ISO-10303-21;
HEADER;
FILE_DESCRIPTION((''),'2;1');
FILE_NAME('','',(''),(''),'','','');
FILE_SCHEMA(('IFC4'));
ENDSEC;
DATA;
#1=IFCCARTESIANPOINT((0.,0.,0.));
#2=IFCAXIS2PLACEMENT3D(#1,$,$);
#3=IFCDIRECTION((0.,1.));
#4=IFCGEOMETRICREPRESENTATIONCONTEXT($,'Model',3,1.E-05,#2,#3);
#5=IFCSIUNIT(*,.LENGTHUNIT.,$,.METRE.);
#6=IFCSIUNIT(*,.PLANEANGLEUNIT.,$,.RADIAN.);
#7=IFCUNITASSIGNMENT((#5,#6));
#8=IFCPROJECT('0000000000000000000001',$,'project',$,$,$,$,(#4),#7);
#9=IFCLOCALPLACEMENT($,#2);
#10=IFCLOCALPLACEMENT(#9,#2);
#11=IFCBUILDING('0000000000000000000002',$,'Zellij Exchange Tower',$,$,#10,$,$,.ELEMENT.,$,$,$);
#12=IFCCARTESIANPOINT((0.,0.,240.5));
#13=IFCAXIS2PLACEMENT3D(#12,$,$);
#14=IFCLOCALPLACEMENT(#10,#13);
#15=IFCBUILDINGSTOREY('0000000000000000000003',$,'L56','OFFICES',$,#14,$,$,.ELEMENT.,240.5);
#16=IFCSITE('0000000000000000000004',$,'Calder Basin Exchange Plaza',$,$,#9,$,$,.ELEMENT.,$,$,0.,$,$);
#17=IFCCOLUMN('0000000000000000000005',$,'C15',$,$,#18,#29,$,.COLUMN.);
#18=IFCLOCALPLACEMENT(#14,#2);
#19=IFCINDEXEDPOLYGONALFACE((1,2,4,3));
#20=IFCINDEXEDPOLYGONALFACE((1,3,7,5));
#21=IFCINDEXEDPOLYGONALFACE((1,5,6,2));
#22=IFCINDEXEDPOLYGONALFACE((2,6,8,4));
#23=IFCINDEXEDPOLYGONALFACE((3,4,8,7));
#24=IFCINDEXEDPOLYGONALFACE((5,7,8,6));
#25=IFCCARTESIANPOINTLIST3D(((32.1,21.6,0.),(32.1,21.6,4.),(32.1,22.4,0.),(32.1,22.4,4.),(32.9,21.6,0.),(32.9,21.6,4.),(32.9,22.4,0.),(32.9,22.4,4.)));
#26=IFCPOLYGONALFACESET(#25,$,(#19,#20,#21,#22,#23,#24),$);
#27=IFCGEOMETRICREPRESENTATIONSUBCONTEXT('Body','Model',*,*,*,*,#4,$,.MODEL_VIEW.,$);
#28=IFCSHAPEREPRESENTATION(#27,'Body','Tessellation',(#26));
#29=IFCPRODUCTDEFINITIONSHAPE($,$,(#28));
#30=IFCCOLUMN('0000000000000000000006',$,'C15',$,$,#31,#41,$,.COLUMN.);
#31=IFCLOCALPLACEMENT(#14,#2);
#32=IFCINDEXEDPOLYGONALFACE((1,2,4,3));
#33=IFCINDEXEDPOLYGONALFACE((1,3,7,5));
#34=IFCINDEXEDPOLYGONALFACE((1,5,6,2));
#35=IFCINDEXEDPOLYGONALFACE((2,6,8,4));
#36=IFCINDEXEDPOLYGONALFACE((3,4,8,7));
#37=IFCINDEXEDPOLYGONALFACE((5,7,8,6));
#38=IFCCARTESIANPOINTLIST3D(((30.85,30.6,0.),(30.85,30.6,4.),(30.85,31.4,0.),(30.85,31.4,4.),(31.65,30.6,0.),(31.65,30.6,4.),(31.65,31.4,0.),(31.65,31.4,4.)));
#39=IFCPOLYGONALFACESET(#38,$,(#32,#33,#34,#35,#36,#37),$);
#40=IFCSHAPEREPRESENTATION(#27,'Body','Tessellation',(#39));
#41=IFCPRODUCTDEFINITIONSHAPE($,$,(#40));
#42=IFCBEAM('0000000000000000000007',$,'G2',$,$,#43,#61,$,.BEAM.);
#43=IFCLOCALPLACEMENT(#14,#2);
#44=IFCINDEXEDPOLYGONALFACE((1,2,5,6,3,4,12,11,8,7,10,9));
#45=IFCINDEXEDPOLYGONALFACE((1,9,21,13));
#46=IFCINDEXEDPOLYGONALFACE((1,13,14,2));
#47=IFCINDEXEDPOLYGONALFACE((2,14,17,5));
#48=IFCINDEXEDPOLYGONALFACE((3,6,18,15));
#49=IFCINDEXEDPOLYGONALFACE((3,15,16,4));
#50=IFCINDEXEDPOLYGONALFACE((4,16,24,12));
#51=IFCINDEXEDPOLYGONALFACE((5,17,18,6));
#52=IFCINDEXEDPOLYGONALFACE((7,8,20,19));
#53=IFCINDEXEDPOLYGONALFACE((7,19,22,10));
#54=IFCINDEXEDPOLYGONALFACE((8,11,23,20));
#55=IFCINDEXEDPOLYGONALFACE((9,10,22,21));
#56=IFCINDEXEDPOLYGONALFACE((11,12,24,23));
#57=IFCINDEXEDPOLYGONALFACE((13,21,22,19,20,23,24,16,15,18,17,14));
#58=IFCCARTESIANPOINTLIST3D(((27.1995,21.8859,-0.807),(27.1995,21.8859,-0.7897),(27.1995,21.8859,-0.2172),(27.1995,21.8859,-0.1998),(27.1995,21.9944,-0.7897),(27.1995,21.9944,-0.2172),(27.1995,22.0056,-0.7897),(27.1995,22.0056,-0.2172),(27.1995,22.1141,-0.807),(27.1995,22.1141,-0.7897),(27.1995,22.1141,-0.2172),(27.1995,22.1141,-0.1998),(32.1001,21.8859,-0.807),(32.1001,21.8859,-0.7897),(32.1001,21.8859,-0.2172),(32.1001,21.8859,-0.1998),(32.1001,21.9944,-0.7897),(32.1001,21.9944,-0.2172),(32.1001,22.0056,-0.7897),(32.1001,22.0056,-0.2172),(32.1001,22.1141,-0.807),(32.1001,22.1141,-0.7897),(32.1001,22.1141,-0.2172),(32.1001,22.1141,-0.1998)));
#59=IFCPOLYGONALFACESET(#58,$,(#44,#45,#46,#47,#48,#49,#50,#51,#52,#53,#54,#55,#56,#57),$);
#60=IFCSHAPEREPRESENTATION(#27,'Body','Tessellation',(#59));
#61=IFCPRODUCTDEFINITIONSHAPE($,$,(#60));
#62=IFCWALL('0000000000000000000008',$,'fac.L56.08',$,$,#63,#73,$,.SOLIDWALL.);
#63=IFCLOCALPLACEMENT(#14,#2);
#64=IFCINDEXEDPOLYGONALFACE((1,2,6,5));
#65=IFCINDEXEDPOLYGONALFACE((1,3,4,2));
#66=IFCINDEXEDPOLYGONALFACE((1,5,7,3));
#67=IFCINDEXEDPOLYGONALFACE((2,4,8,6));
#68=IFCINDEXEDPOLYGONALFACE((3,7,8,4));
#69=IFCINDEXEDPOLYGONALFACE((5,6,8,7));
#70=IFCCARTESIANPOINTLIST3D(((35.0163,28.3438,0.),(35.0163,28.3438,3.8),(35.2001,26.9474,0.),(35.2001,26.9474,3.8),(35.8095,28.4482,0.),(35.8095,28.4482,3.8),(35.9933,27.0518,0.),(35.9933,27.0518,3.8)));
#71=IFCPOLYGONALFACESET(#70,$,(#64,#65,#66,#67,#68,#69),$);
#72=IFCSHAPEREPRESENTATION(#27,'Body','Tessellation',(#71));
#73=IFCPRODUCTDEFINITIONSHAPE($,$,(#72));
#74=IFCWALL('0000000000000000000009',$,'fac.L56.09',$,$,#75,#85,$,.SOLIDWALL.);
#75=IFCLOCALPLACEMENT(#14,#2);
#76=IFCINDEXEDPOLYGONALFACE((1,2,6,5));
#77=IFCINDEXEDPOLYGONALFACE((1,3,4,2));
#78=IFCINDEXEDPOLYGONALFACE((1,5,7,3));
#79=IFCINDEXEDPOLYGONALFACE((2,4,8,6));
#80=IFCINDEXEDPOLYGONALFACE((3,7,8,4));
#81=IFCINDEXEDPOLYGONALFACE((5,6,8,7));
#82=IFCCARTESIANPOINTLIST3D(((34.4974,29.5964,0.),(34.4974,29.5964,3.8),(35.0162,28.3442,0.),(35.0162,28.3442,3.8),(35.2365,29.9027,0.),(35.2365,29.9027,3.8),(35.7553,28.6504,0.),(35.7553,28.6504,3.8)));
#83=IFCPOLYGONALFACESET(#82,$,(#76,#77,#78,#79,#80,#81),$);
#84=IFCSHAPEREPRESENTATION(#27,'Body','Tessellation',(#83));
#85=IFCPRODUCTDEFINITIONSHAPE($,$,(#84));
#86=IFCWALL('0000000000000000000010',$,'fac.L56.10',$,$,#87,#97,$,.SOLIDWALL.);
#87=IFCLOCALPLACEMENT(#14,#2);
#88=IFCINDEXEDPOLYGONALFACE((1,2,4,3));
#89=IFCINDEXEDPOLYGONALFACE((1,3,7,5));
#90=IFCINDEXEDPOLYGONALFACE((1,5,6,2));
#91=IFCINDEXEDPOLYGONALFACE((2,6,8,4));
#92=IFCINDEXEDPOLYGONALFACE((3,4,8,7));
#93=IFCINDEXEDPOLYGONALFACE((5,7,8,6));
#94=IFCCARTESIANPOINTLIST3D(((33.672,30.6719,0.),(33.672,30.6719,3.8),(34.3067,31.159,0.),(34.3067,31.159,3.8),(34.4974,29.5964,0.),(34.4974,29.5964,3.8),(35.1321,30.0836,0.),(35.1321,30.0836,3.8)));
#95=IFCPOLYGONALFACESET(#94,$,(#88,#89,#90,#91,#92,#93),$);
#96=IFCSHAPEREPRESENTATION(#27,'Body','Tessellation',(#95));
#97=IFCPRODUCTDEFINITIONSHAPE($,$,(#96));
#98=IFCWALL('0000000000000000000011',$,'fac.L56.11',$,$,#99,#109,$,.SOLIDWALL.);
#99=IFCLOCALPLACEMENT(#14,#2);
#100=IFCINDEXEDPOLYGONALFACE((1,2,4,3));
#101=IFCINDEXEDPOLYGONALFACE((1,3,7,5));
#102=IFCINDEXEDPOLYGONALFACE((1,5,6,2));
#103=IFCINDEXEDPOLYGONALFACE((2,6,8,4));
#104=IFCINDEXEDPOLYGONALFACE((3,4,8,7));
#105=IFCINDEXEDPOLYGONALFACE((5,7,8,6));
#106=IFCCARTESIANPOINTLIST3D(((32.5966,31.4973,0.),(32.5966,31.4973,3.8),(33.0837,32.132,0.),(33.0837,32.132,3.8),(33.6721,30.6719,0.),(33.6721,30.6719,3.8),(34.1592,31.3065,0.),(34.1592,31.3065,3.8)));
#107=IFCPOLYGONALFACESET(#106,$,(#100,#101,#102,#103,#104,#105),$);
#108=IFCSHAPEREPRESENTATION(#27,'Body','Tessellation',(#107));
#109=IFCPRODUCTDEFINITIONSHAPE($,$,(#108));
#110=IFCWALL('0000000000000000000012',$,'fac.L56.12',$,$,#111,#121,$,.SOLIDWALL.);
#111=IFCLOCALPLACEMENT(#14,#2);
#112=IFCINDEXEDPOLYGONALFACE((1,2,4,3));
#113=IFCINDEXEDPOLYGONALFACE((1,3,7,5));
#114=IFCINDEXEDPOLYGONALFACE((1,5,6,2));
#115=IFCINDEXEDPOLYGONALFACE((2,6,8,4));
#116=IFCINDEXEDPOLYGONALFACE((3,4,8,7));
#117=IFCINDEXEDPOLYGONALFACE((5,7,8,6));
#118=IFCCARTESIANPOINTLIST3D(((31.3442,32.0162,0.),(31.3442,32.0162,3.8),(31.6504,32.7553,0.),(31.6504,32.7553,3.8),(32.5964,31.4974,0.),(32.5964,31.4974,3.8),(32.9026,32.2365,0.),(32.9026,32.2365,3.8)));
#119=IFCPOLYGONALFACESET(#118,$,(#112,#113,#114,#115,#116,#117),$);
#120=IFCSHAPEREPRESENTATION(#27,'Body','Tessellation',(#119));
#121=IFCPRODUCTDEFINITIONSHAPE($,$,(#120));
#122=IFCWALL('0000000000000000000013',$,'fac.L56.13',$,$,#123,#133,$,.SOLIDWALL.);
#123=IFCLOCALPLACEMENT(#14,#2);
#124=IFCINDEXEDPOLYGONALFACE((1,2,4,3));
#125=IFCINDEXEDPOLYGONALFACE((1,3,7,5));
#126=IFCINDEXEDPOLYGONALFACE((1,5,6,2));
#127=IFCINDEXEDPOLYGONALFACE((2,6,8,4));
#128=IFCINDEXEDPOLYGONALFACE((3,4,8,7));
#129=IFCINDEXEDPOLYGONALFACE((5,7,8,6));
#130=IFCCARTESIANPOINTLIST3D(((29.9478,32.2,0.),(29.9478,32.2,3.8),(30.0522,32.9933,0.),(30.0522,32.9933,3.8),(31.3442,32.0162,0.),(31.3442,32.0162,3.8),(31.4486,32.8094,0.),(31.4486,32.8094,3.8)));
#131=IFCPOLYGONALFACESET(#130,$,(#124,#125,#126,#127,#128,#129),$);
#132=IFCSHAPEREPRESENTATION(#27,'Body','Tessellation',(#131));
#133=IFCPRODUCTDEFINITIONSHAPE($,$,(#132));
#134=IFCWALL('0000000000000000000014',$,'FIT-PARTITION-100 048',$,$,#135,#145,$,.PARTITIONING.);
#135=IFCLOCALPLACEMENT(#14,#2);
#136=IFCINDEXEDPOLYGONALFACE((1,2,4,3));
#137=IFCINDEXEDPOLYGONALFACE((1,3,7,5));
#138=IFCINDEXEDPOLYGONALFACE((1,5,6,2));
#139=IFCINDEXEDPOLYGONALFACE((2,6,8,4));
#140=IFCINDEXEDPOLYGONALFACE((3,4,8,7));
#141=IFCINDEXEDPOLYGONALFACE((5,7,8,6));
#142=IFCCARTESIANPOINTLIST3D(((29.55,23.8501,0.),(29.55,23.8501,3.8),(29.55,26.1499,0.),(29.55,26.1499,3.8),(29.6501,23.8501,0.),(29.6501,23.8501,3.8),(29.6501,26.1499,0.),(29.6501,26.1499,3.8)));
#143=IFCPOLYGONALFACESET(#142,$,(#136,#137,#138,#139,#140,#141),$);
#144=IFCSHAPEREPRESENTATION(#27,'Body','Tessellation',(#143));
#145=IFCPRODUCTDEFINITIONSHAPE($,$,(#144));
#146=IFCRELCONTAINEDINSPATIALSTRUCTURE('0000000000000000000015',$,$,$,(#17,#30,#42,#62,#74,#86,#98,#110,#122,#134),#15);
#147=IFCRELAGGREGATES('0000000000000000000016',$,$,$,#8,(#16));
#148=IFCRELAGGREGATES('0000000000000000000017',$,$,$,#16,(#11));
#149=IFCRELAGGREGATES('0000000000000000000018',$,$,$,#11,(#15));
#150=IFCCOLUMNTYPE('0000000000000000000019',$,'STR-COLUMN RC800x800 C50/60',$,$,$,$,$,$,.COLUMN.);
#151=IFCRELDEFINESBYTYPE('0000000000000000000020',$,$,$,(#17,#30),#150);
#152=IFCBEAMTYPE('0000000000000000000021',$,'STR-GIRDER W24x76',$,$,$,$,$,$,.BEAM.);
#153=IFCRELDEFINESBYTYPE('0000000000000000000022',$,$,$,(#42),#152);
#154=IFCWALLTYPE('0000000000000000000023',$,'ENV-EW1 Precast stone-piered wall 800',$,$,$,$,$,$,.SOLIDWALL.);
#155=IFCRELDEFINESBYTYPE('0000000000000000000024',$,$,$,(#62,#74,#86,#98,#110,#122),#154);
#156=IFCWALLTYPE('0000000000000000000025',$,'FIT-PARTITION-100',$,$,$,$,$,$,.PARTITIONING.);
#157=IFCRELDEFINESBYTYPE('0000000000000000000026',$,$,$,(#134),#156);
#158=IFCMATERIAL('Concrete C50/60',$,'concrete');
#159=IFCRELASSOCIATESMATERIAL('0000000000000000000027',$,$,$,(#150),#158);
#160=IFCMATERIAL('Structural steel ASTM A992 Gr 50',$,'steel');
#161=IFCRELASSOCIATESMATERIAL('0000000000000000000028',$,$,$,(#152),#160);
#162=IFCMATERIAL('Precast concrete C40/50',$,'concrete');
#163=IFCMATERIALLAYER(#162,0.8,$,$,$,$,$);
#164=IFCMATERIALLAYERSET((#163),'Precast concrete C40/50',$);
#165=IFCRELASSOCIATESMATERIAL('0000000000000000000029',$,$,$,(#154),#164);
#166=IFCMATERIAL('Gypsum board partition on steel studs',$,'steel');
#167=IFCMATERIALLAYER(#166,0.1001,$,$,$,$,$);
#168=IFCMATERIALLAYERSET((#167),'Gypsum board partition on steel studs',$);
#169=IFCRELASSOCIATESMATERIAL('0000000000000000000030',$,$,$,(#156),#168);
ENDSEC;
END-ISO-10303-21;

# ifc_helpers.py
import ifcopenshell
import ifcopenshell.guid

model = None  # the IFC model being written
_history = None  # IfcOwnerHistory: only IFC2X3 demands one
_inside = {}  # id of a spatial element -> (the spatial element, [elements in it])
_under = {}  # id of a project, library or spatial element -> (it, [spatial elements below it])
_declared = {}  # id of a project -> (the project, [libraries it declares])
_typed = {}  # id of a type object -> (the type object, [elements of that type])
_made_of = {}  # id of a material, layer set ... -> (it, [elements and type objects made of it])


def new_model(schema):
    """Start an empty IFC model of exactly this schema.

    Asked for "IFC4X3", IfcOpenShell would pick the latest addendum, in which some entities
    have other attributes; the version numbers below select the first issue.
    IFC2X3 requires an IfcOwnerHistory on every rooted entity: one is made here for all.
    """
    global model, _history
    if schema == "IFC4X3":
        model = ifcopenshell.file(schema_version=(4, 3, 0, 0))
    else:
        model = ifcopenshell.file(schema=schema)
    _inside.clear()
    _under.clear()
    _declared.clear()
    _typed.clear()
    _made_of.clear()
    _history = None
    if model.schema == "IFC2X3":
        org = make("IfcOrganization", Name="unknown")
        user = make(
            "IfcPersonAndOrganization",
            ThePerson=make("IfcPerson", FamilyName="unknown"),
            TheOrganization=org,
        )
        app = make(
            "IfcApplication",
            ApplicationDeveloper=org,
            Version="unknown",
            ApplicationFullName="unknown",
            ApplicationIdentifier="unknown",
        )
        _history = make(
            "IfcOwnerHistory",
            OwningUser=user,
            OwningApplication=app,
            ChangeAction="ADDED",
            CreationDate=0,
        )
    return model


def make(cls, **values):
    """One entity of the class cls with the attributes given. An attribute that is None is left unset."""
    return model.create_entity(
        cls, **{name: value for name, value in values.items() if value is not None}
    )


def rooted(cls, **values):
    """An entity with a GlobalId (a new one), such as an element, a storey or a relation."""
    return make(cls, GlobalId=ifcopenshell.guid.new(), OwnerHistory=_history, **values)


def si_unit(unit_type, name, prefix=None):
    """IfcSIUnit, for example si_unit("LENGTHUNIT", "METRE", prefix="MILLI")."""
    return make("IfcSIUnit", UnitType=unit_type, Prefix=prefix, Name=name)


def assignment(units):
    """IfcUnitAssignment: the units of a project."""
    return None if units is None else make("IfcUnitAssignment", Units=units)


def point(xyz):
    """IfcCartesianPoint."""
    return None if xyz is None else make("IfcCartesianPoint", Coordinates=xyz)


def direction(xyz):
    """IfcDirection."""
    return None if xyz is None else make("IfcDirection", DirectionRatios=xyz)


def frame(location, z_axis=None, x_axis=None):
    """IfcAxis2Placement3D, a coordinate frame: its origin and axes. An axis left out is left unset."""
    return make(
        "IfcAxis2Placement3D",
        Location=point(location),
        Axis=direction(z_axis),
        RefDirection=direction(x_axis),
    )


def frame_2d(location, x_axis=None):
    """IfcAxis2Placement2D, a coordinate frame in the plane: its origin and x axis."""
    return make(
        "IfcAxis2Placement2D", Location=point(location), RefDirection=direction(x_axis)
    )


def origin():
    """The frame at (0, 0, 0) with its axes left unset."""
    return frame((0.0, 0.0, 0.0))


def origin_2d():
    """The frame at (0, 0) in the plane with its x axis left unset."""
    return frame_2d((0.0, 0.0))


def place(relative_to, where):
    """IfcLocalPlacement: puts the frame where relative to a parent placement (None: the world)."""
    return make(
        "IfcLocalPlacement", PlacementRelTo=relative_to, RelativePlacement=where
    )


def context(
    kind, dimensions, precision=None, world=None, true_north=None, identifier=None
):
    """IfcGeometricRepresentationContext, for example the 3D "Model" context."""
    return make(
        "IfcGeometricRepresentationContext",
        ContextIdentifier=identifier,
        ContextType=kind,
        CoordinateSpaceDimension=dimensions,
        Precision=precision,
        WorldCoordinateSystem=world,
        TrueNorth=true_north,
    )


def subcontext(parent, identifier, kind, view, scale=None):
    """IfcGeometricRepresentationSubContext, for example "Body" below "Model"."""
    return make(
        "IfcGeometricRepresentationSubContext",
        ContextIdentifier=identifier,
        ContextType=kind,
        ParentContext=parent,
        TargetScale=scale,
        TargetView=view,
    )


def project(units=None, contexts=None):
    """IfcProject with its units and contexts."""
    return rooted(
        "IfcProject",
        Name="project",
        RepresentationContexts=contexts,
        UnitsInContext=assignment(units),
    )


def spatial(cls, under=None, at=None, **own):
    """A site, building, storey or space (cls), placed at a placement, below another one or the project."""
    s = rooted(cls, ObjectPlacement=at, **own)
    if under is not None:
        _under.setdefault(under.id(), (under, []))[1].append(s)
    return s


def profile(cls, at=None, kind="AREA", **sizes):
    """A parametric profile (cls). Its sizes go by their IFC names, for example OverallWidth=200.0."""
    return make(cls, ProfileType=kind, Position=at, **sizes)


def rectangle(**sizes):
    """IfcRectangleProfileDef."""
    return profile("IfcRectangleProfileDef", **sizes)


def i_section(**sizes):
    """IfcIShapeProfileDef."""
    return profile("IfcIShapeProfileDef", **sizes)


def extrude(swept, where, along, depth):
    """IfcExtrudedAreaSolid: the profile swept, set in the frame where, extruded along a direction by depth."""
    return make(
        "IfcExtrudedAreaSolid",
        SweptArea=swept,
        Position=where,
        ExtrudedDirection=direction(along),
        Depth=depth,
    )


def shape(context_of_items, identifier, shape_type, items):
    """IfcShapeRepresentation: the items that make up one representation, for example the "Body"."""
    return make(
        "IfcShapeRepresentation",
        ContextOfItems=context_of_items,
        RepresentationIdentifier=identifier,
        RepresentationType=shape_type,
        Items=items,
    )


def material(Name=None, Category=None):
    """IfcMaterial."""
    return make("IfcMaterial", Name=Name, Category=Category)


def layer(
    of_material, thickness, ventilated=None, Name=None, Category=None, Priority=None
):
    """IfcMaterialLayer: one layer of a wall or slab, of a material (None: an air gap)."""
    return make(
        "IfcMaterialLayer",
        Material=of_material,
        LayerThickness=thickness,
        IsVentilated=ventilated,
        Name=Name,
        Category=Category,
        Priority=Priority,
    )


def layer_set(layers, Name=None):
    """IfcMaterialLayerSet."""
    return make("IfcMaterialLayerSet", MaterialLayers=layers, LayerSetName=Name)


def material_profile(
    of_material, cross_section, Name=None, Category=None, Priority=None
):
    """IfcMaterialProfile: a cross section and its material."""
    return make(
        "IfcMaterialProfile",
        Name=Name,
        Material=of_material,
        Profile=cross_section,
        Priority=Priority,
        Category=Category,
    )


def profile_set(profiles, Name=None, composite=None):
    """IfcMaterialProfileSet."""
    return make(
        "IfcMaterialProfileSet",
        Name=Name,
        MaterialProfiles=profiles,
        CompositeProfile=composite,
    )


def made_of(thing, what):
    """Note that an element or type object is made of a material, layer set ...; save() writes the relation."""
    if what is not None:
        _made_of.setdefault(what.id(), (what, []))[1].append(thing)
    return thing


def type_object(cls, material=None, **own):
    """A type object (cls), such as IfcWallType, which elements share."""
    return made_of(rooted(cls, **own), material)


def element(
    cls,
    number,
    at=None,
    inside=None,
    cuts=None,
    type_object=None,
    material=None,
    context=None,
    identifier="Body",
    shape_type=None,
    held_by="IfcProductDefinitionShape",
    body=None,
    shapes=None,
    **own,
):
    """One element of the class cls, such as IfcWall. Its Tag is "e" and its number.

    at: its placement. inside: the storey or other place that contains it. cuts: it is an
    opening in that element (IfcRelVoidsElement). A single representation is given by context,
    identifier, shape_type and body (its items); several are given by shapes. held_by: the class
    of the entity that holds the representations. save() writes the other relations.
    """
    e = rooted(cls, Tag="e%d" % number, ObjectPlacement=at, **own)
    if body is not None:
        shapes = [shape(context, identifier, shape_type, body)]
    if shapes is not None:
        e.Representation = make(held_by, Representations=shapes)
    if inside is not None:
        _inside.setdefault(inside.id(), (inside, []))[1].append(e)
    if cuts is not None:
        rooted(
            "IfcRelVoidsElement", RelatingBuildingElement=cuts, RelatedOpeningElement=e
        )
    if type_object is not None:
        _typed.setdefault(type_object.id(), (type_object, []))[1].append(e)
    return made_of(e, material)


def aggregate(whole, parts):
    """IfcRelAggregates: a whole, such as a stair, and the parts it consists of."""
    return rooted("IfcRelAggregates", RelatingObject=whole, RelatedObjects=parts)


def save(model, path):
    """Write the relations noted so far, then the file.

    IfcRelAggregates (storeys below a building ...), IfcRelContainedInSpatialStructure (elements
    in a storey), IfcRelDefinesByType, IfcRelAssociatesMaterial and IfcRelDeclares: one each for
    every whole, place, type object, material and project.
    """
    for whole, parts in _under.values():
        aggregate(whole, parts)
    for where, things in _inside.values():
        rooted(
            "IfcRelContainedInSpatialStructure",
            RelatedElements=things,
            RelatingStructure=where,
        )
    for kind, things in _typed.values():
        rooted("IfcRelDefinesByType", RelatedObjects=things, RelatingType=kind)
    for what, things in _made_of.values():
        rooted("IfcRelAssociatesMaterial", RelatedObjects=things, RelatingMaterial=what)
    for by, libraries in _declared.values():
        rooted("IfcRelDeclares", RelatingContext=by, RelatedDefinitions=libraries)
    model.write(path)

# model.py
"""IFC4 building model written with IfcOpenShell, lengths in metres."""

from ifc_helpers import new_model, si_unit, direction, frame, frame_2d, origin, origin_2d, place, context, subcontext, project, spatial, rectangle, i_section, extrude, material, layer, layer_set, material_profile, profile_set, type_object, element, save


model = new_model("IFC4")

# Units and contexts
model_context = context("Model", 3, precision=1e-05, world=origin(), true_north=direction((0.0, 1.0)))
body_context = subcontext(model_context, "Body", "Model", "MODEL_VIEW")
ifc_project = project(units=[si_unit("LENGTHUNIT", "METRE"), si_unit("PLANEANGLEUNIT", "RADIAN")], contexts=[model_context])

# Site, building, storey
site_placement = place(None, origin())
site = spatial("IfcSite", under=ifc_project, at=site_placement, Name="Calder Basin Exchange Plaza", CompositionType="ELEMENT", RefElevation=0.0)
building_placement = place(site_placement, origin())
building = spatial("IfcBuilding", under=site, at=building_placement, Name="Zellij Exchange Tower", CompositionType="ELEMENT")
storey_placement = place(building_placement, frame((0.0, 0.0, 240.5)))
storey = spatial("IfcBuildingStorey", under=building, at=storey_placement, Name="L56", Description="OFFICES", CompositionType="ELEMENT", Elevation=240.5)

# Columns
ifc_material_1 = material(Name="Concrete C50/60", Category="concrete")
ifc_material_profile_1 = material_profile(ifc_material_1, rectangle(XDim=0.8, YDim=0.8, at=origin_2d()), Name="STR-COLUMN RC800x800 C50/60")
ifc_profile_set_1 = profile_set([ifc_material_profile_1], Name="Concrete C50/60")
column_type = type_object("IfcColumnType", Name="STR-COLUMN RC800x800 C50/60", PredefinedType="COLUMN", material=ifc_profile_set_1)
for number, where, z_axis, x_axis, name in (
    (1, (32.5, 22.0, 0.0), (0.0, 0.0, 1.0), (1.0, 0.0, 0.0), "C15"),
    (2, (31.25, 31.0, 0.0), (0.0, 0.0, 1.0), (1.0, 0.0, 0.0), "C15"),
):
    element("IfcColumn", number, at=place(storey_placement, frame(where, z_axis=z_axis, x_axis=x_axis)), inside=storey, type_object=column_type, Name=name, PredefinedType="COLUMN", context=body_context, shape_type="SweptSolid", body=[
        extrude(rectangle(XDim=0.8, YDim=0.8, at=origin_2d()), origin(), (0.0, 0.0, 1.0), 4.0),
    ])

# Beam
ifc_material_2 = material(Name="Structural steel ASTM A992 Gr 50", Category="steel")
ifc_material_profile_2 = material_profile(ifc_material_2, i_section(OverallWidth=0.2283, OverallDepth=0.6072, WebThickness=0.0112, FlangeThickness=0.0173, at=origin_2d()), Name="W24x76")
ifc_profile_set_2 = profile_set([ifc_material_profile_2], Name="Structural steel ASTM A992 Gr 50")
beam_type = type_object("IfcBeamType", Name="STR-GIRDER W24x76", PredefinedType="BEAM", material=ifc_profile_set_2)
beam_placement = place(storey_placement, frame((27.1995, 22.0, -0.5034), z_axis=(1.0, 0.0, 0.0), x_axis=(0.0, 1.0, 0.0)))
element("IfcBeam", 3, at=beam_placement, inside=storey, type_object=beam_type, Name="G2", PredefinedType="BEAM", context=body_context, shape_type="SweptSolid", body=[
    extrude(i_section(OverallWidth=0.2283, OverallDepth=0.6072, WebThickness=0.0112, FlangeThickness=0.0173, at=origin_2d()), origin(), (0.0, 0.0, 1.0), 4.9006),
])

# Walls
ifc_material_3 = material(Name="Precast concrete C40/50", Category="concrete")
ifc_layer_1 = layer(ifc_material_3, 0.8)
ifc_layer_set_1 = layer_set([ifc_layer_1], Name="Precast concrete C40/50")
wall_type_1 = type_object("IfcWallType", Name="ENV-EW1 Precast stone-piered wall 800", PredefinedType="SOLIDWALL", material=ifc_layer_set_1)
wall_1_placement = place(storey_placement, frame((35.5967, 26.9998, 0.0), z_axis=(0.0, 0.0, 1.0), x_axis=(-0.130517, 0.991446, 0.0)))
element("IfcWall", 4, at=wall_1_placement, inside=storey, type_object=wall_type_1, Name="fac.L56.08", PredefinedType="SOLIDWALL", context=body_context, shape_type="SweptSolid", body=[
    extrude(rectangle(XDim=1.4084, YDim=0.8, at=frame_2d((0.7041, 0.0))), origin(), (0.0, 0.0, 1.0), 3.8),
])
wall_2_placement = place(storey_placement, frame((35.3857, 28.4973, 0.0), z_axis=(0.0, 0.0, 1.0), x_axis=(-0.38276, 0.923848, 0.0)))
element("IfcWall", 5, at=wall_2_placement, inside=storey, type_object=wall_type_1, Name="fac.L56.09", PredefinedType="SOLIDWALL", context=body_context, shape_type="SweptSolid", body=[
    extrude(rectangle(XDim=1.3555, YDim=0.8, at=frame_2d((0.6777, 0.0))), origin(), (0.0, 0.0, 1.0), 3.8),
])
for number, where, z_axis, x_axis, name in (
    (6, (34.8147, 29.8401, 0.0), (0.0, 0.0, 1.0), (-0.608866, 0.793273, 0.0), "fac.L56.10"),
    (7, (33.9155, 30.9893, 0.0), (0.0, 0.0, 1.0), (-0.793273, 0.608866, 0.0), "fac.L56.11"),
):
    element("IfcWall", number, at=place(storey_placement, frame(where, z_axis=z_axis, x_axis=x_axis)), inside=storey, type_object=wall_type_1, Name=name, PredefinedType="SOLIDWALL", context=body_context, shape_type="SweptSolid", body=[
        extrude(rectangle(XDim=1.3557, YDim=0.8, at=frame_2d((0.6777, 0.0))), origin(), (0.0, 0.0, 1.0), 3.8),
    ])
wall_3_placement = place(storey_placement, frame((32.7495, 31.8669, 0.0), z_axis=(0.0, 0.0, 1.0), x_axis=(-0.923848, 0.38276, 0.0)))
element("IfcWall", 8, at=wall_3_placement, inside=storey, type_object=wall_type_1, Name="fac.L56.12", PredefinedType="SOLIDWALL", context=body_context, shape_type="SweptSolid", body=[
    extrude(rectangle(XDim=1.3555, YDim=0.8, at=frame_2d((0.6777, 0.0))), origin(), (0.0, 0.0, 1.0), 3.8),
])
wall_4_placement = place(storey_placement, frame((31.3962, 32.4128, 0.0), z_axis=(0.0, 0.0, 1.0), x_axis=(-0.991446, 0.130517, 0.0)))
element("IfcWall", 9, at=wall_4_placement, inside=storey, type_object=wall_type_1, Name="fac.L56.13", PredefinedType="SOLIDWALL", context=body_context, shape_type="SweptSolid", body=[
    extrude(rectangle(XDim=1.4084, YDim=0.8, at=frame_2d((0.7041, 0.0))), origin(), (0.0, 0.0, 1.0), 3.8),
])

# Wall
ifc_material_4 = material(Name="Gypsum board partition on steel studs", Category="steel")
ifc_layer_2 = layer(ifc_material_4, 0.1001)
ifc_layer_set_2 = layer_set([ifc_layer_2], Name="Gypsum board partition on steel studs")
wall_type_2 = type_object("IfcWallType", Name="FIT-PARTITION-100", PredefinedType="PARTITIONING", material=ifc_layer_set_2)
wall_5_placement = place(storey_placement, frame((29.6001, 23.8501, 0.0), z_axis=(0.0, 0.0, 1.0), x_axis=(0.0, 1.0, 0.0)))
element("IfcWall", 10, at=wall_5_placement, inside=storey, type_object=wall_type_2, Name="FIT-PARTITION-100 048", PredefinedType="PARTITIONING", context=body_context, shape_type="SweptSolid", body=[
    extrude(rectangle(XDim=2.2998, YDim=0.1001, at=frame_2d((1.1499, 0.0))), origin(), (0.0, 0.0, 1.0), 3.8),
])

save(model, "model.ifc")
